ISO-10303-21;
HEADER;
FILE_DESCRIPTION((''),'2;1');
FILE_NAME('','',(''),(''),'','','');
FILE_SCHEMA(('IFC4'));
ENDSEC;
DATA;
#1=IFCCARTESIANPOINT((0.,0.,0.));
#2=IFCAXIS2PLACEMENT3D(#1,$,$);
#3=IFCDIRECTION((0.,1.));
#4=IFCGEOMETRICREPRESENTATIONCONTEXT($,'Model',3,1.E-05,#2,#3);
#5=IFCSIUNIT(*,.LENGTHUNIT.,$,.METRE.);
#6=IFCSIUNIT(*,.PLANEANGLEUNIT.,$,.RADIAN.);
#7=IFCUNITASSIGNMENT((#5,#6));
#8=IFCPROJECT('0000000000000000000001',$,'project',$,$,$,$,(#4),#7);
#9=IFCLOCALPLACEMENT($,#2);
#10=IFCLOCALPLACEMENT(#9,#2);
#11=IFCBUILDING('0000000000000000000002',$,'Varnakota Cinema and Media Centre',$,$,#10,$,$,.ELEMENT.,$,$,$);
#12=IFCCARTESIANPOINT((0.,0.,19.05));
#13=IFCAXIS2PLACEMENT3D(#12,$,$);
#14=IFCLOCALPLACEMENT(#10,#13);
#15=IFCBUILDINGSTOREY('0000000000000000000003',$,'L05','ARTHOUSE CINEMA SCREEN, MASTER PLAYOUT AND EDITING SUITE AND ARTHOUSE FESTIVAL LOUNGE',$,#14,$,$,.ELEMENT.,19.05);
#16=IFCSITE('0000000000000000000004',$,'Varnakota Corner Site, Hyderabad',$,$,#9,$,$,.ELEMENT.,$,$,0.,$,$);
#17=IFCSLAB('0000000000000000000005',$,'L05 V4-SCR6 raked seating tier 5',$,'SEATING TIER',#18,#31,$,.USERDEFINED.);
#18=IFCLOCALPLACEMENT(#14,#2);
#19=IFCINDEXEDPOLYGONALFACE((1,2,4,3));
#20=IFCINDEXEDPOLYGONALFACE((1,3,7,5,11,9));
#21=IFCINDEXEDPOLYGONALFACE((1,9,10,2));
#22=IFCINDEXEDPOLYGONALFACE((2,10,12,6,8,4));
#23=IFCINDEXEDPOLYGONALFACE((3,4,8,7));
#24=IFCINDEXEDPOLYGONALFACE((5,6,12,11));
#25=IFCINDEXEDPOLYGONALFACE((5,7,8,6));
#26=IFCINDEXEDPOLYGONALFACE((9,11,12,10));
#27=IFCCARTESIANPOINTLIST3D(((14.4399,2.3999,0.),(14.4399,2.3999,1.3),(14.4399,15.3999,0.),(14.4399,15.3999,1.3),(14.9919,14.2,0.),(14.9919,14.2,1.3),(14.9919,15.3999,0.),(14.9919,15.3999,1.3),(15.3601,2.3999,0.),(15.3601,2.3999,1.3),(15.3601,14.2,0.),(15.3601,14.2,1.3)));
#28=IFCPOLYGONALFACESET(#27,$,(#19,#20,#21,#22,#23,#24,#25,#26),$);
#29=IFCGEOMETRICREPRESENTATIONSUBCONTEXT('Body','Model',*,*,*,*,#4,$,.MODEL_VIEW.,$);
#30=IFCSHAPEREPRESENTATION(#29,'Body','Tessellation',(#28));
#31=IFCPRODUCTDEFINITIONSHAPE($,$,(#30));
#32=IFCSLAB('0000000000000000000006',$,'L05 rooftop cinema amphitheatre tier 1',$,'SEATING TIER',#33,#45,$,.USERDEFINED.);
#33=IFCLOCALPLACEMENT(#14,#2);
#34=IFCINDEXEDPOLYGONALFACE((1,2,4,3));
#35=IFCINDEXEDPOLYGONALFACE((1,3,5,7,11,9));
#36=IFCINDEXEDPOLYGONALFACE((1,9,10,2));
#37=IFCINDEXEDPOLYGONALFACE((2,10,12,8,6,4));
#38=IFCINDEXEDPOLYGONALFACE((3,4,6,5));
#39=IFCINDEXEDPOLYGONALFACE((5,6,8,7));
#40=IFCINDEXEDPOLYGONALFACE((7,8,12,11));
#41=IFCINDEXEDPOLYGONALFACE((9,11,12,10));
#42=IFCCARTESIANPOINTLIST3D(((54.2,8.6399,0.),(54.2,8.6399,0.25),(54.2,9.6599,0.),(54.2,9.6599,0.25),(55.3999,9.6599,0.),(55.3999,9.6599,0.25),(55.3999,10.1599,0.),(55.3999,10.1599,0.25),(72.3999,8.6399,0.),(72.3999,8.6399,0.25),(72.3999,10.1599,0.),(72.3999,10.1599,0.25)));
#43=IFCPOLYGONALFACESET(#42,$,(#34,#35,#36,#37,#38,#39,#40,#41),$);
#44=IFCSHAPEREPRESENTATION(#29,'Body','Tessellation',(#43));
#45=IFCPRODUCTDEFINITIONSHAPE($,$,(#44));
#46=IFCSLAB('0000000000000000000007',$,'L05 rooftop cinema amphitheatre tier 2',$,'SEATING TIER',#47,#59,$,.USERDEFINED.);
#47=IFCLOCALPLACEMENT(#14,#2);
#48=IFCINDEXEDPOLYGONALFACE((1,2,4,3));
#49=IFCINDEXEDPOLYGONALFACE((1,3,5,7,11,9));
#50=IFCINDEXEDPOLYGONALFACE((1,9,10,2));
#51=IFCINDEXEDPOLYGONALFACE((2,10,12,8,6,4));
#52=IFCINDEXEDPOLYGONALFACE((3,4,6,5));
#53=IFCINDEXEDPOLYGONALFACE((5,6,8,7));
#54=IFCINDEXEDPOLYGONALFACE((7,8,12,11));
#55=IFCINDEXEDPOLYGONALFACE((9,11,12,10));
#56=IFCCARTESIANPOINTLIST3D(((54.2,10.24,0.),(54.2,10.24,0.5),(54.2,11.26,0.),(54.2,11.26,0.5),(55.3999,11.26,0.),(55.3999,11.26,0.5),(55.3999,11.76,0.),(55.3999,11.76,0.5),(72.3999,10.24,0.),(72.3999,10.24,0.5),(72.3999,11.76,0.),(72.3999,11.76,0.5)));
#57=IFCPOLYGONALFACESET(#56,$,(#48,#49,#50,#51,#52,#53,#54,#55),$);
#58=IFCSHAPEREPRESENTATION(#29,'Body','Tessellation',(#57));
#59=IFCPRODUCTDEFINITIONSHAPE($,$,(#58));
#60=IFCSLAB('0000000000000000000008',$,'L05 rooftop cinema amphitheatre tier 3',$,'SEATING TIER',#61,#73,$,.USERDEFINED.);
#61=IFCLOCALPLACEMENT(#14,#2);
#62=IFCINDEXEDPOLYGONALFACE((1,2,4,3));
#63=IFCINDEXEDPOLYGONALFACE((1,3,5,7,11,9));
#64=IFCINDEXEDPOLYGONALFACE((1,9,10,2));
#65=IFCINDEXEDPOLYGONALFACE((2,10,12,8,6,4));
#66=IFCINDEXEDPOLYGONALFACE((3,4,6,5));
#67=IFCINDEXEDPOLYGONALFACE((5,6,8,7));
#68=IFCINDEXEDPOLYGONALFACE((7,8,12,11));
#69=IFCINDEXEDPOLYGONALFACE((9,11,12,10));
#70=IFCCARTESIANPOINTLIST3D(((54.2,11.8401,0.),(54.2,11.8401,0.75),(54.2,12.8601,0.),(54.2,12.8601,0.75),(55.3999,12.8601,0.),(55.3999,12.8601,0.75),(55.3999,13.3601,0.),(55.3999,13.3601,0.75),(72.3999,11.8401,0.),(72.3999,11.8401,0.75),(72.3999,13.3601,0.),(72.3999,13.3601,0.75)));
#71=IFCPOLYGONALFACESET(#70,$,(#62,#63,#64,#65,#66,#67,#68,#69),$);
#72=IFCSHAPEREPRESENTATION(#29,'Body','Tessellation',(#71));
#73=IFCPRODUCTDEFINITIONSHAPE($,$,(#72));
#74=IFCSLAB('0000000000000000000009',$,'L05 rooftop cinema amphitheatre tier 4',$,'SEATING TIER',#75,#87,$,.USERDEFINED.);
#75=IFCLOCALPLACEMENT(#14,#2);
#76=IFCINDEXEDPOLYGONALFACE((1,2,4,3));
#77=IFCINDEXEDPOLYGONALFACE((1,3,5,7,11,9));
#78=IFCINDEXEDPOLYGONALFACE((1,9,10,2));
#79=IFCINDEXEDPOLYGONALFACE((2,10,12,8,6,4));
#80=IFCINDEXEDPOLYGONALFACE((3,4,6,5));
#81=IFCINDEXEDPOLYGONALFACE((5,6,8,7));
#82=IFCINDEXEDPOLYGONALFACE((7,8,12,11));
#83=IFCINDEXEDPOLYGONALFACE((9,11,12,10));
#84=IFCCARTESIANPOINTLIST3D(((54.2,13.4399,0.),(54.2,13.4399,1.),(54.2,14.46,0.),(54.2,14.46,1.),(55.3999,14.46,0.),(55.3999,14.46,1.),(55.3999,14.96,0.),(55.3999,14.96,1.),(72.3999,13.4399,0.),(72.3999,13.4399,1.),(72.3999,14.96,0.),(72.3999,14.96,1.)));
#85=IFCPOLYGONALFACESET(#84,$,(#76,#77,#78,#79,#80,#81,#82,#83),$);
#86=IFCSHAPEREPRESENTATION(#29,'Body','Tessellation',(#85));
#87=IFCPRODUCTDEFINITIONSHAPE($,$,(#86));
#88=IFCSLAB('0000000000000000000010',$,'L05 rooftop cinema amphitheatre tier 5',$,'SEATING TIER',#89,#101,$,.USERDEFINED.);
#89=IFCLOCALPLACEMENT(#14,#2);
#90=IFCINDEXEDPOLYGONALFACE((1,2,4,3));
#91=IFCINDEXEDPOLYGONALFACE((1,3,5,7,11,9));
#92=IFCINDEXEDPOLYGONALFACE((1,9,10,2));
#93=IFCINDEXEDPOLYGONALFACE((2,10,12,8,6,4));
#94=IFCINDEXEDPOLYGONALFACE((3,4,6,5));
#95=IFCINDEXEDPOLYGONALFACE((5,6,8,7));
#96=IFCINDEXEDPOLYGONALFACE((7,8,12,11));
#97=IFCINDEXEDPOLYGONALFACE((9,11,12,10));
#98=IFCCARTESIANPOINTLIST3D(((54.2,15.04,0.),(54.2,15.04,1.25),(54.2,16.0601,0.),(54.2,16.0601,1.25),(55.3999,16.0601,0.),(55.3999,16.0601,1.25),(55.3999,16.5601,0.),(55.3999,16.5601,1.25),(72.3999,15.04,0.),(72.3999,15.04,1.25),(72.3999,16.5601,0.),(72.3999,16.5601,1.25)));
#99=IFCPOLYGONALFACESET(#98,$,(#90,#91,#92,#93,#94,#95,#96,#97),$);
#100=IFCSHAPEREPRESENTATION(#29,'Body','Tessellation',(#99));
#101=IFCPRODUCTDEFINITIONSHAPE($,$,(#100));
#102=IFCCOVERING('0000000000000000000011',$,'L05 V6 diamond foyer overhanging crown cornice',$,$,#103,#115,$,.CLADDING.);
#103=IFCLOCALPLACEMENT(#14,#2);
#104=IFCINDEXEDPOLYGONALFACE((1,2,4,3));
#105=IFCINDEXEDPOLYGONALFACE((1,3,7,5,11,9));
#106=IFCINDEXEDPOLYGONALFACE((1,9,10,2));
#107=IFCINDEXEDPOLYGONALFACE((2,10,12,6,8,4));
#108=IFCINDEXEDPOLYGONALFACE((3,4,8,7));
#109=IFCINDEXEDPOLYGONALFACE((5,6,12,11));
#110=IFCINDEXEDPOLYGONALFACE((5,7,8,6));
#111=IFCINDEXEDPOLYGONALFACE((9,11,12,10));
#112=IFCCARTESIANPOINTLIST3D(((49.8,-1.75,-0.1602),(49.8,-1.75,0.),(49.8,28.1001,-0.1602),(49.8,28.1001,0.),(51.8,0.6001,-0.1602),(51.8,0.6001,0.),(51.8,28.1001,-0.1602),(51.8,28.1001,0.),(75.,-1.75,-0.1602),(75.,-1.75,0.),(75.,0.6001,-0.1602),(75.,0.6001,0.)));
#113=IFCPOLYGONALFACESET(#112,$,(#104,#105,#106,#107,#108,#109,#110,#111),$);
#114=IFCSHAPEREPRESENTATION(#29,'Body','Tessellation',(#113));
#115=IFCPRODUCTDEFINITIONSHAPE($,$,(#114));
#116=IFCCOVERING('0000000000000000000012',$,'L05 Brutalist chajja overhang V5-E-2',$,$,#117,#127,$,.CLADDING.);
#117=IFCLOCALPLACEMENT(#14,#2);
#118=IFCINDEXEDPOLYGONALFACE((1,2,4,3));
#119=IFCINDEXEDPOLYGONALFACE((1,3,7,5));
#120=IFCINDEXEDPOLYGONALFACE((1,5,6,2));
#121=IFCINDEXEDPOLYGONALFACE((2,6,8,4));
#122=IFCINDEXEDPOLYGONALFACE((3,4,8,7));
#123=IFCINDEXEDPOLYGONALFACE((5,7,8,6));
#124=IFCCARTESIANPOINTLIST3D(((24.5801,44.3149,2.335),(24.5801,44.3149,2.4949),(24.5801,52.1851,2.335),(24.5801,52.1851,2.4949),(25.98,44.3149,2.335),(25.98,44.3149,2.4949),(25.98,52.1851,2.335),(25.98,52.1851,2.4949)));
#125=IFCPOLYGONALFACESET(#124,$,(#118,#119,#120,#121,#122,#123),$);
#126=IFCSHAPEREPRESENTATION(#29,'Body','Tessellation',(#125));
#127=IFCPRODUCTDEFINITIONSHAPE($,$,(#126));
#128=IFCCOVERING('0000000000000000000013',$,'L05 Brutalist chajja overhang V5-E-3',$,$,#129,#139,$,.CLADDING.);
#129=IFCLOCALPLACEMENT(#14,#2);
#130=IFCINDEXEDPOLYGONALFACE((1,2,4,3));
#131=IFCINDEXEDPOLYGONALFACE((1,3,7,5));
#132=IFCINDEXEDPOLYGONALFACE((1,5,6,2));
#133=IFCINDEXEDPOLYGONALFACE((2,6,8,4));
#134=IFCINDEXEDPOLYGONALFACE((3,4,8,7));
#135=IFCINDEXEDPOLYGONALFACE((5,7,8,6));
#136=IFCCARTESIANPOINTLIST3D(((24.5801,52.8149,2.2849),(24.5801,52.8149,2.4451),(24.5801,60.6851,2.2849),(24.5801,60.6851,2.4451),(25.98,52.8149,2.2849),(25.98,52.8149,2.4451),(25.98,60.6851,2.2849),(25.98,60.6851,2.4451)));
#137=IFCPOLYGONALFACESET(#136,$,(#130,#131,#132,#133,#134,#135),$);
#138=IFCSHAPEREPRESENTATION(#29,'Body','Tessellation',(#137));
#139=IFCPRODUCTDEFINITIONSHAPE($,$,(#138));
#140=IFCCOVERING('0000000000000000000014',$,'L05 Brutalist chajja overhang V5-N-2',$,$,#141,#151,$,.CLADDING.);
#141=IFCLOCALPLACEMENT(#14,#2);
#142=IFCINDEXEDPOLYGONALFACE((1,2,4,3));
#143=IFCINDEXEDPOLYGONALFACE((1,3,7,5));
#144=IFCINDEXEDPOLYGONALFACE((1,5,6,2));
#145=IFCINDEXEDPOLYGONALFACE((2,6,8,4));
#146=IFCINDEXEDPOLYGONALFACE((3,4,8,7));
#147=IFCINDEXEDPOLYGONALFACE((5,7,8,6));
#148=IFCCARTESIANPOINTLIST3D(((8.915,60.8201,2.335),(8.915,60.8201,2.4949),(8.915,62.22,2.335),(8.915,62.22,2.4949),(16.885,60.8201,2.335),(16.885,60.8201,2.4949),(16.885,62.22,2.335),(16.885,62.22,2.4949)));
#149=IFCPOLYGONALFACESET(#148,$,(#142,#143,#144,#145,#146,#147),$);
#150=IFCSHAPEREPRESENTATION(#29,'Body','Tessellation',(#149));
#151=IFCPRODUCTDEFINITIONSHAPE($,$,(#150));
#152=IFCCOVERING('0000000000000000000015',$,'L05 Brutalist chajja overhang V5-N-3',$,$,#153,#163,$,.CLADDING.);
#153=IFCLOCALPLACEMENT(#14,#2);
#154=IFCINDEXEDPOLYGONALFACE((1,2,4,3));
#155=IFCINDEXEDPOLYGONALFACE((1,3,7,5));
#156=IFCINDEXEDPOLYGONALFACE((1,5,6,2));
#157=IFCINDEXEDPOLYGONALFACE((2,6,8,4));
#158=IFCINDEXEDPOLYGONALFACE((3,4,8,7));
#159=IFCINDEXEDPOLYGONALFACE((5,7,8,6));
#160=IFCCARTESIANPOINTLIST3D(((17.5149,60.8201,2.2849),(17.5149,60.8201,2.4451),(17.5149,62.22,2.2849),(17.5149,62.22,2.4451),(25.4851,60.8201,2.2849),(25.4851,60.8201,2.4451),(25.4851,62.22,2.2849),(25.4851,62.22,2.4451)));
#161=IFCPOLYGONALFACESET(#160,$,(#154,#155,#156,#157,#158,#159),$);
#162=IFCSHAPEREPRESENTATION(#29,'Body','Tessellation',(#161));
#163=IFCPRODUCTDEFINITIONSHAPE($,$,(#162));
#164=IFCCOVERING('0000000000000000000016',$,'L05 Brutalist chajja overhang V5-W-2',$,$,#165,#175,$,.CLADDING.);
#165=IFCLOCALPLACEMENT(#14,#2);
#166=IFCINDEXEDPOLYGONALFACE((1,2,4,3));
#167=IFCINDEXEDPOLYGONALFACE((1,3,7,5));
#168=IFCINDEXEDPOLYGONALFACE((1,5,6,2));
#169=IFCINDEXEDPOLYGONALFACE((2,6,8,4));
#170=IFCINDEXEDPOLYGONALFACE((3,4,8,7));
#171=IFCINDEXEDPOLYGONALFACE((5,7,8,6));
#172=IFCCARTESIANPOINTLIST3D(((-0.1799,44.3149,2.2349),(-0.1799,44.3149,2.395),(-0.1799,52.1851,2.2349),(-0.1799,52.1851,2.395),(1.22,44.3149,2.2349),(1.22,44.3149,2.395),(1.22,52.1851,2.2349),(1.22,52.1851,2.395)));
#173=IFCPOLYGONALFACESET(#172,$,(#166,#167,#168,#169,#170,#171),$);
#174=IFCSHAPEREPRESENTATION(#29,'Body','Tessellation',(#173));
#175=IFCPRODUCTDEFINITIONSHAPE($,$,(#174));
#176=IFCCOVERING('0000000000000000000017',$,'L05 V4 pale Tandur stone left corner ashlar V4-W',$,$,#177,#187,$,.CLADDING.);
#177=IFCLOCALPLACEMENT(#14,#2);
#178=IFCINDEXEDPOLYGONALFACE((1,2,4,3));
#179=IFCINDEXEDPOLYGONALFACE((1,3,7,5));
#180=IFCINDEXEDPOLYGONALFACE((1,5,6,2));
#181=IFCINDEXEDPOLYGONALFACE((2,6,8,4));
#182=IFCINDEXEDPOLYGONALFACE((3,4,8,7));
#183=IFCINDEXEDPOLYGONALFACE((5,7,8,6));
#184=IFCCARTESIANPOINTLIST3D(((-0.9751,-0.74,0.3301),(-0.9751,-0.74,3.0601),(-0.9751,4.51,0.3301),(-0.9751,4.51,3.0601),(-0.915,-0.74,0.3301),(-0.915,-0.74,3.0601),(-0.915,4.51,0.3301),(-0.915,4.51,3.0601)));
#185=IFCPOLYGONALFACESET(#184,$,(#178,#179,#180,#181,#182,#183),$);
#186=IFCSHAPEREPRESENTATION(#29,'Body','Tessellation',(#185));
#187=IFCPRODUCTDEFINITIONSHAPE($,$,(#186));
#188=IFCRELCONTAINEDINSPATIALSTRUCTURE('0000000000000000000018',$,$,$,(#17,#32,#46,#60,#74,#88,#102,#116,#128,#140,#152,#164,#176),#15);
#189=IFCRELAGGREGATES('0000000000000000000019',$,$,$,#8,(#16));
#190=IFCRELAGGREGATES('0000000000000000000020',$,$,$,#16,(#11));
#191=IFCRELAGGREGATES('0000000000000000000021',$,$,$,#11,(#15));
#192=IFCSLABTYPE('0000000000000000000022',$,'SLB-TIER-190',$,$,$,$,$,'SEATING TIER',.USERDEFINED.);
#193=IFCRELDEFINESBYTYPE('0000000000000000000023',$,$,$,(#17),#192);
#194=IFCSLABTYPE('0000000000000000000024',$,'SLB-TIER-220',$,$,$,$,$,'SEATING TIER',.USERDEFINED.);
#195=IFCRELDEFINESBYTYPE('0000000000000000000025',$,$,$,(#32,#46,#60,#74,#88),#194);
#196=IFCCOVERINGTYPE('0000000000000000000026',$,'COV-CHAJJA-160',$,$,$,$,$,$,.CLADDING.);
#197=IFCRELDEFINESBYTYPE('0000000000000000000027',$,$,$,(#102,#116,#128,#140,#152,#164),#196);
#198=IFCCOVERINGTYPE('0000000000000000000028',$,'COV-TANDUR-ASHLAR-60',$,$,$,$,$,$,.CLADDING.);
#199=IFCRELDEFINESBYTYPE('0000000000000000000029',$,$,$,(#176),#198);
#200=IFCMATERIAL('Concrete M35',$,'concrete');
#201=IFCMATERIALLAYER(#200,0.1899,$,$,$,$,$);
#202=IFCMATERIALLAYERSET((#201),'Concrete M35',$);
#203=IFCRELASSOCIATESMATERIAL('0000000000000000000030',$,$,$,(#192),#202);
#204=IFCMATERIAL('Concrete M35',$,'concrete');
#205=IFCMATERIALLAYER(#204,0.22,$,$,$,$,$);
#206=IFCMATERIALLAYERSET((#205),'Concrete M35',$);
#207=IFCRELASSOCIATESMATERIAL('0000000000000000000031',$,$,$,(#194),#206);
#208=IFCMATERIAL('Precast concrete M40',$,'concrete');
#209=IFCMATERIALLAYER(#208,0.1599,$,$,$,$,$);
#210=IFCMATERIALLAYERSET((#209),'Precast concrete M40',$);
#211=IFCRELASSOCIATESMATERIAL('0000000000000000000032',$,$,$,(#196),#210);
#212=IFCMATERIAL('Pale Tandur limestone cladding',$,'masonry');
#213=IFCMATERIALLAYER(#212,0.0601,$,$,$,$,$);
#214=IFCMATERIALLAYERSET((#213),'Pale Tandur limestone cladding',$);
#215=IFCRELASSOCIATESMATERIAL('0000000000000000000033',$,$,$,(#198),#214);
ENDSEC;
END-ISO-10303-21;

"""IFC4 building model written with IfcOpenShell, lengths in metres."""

from ifc_helpers import new_model, si_unit, direction, frame, origin, origin_2d, place, context, subcontext, project, spatial, polyline, rectangle, outline, extrude, material, layer, layer_set, type_object, element, save


model = new_model("IFC4")

# Units and contexts
model_context = context("Model", 3, precision=1e-05, world=origin(), true_north=direction((0.0, 1.0)))
body_context = subcontext(model_context, "Body", "Model", "MODEL_VIEW")
ifc_project = project(units=[si_unit("LENGTHUNIT", "METRE"), si_unit("PLANEANGLEUNIT", "RADIAN")], contexts=[model_context])

# Site, building, storey
site_placement = place(None, origin())
site = spatial("IfcSite", under=ifc_project, at=site_placement, Name="Varnakota Corner Site, Hyderabad", CompositionType="ELEMENT", RefElevation=0.0)
building_placement = place(site_placement, origin())
building = spatial("IfcBuilding", under=site, at=building_placement, Name="Varnakota Cinema and Media Centre", CompositionType="ELEMENT")
storey_placement = place(building_placement, frame((0.0, 0.0, 19.05)))
storey = spatial("IfcBuildingStorey", under=building, at=storey_placement, Name="L05", Description="ARTHOUSE CINEMA SCREEN, MASTER PLAYOUT AND EDITING SUITE AND ARTHOUSE FESTIVAL LOUNGE", CompositionType="ELEMENT", Elevation=19.05)

# Slabs
ifc_material_1 = material(Name="Concrete M35", Category="concrete")
ifc_layer_1 = layer(ifc_material_1, 0.1899)
ifc_layer_set_1 = layer_set([ifc_layer_1], Name="Concrete M35")
slab_type_1 = type_object("IfcSlabType", Name="SLB-TIER-190", ElementType="SEATING TIER", PredefinedType="USERDEFINED", material=ifc_layer_set_1)
slab_1_placement = place(storey_placement, origin())
element("IfcSlab", 1, at=slab_1_placement, inside=storey, type_object=slab_type_1, Name="L05 V4-SCR6 raked seating tier 5", ObjectType="SEATING TIER", PredefinedType="USERDEFINED", context=body_context, shape_type="SweptSolid", body=[
    extrude(outline(polyline([(14.4399, 2.3999), (15.3601, 2.3999), (15.3601, 14.2), (14.9919, 14.2), (14.9919, 15.3999), (14.4399, 15.3999), (14.4399, 2.3999)])), origin(), (0.0, 0.0, 1.0), 1.3),
])
ifc_material_2 = material(Name="Concrete M35", Category="concrete")
ifc_layer_2 = layer(ifc_material_2, 0.22)
ifc_layer_set_2 = layer_set([ifc_layer_2], Name="Concrete M35")
slab_type_2 = type_object("IfcSlabType", Name="SLB-TIER-220", ElementType="SEATING TIER", PredefinedType="USERDEFINED", material=ifc_layer_set_2)
slab_2_placement = place(storey_placement, origin())
element("IfcSlab", 2, at=slab_2_placement, inside=storey, type_object=slab_type_2, Name="L05 rooftop cinema amphitheatre tier 1", ObjectType="SEATING TIER", PredefinedType="USERDEFINED", context=body_context, shape_type="SweptSolid", body=[
    extrude(outline(polyline([(54.2, 8.6399), (72.3999, 8.6399), (72.3999, 10.1599), (55.3999, 10.1599), (55.3999, 9.6599), (54.2, 9.6599), (54.2, 8.6399)])), origin(), (0.0, 0.0, 1.0), 0.25),
])
slab_3_placement = place(storey_placement, origin())
element("IfcSlab", 3, at=slab_3_placement, inside=storey, type_object=slab_type_2, Name="L05 rooftop cinema amphitheatre tier 2", ObjectType="SEATING TIER", PredefinedType="USERDEFINED", context=body_context, shape_type="SweptSolid", body=[
    extrude(outline(polyline([(54.2, 10.24), (72.3999, 10.24), (72.3999, 11.76), (55.3999, 11.76), (55.3999, 11.26), (54.2, 11.26), (54.2, 10.24)])), origin(), (0.0, 0.0, 1.0), 0.5),
])
slab_4_placement = place(storey_placement, origin())
element("IfcSlab", 4, at=slab_4_placement, inside=storey, type_object=slab_type_2, Name="L05 rooftop cinema amphitheatre tier 3", ObjectType="SEATING TIER", PredefinedType="USERDEFINED", context=body_context, shape_type="SweptSolid", body=[
    extrude(outline(polyline([(54.2, 11.8401), (72.3999, 11.8401), (72.3999, 13.3601), (55.3999, 13.3601), (55.3999, 12.8601), (54.2, 12.8601), (54.2, 11.8401)])), origin(), (0.0, 0.0, 1.0), 0.75),
])
slab_5_placement = place(storey_placement, origin())
element("IfcSlab", 5, at=slab_5_placement, inside=storey, type_object=slab_type_2, Name="L05 rooftop cinema amphitheatre tier 4", ObjectType="SEATING TIER", PredefinedType="USERDEFINED", context=body_context, shape_type="SweptSolid", body=[
    extrude(outline(polyline([(54.2, 13.4399), (72.3999, 13.4399), (72.3999, 14.96), (55.3999, 14.96), (55.3999, 14.46), (54.2, 14.46), (54.2, 13.4399)])), origin(), (0.0, 0.0, 1.0), 1.0),
])
slab_6_placement = place(storey_placement, origin())
element("IfcSlab", 6, at=slab_6_placement, inside=storey, type_object=slab_type_2, Name="L05 rooftop cinema amphitheatre tier 5", ObjectType="SEATING TIER", PredefinedType="USERDEFINED", context=body_context, shape_type="SweptSolid", body=[
    extrude(outline(polyline([(54.2, 15.04), (72.3999, 15.04), (72.3999, 16.5601), (55.3999, 16.5601), (55.3999, 16.0601), (54.2, 16.0601), (54.2, 15.04)])), origin(), (0.0, 0.0, 1.0), 1.25),
])

# Coverings
ifc_material_3 = material(Name="Precast concrete M40", Category="concrete")
ifc_layer_3 = layer(ifc_material_3, 0.1599)
ifc_layer_set_3 = layer_set([ifc_layer_3], Name="Precast concrete M40")
covering_type_1 = type_object("IfcCoveringType", Name="COV-CHAJJA-160", PredefinedType="CLADDING", material=ifc_layer_set_3)
covering_1_placement = place(storey_placement, frame((0.0, 0.0, -0.1602)))
element("IfcCovering", 7, at=covering_1_placement, inside=storey, type_object=covering_type_1, Name="L05 V6 diamond foyer overhanging crown cornice", PredefinedType="CLADDING", context=body_context, shape_type="SweptSolid", body=[
    extrude(outline(polyline([(49.8, -1.75), (75.0, -1.75), (75.0, 0.6001), (51.8, 0.6001), (51.8, 28.1001), (49.8, 28.1001), (49.8, -1.75)])), origin(), (0.0, 0.0, 1.0), 0.1602),
])
covering_2_placement = place(storey_placement, frame((0.0, 0.0, 2.335)))
element("IfcCovering", 8, at=covering_2_placement, inside=storey, type_object=covering_type_1, Name="L05 Brutalist chajja overhang V5-E-2", PredefinedType="CLADDING", context=body_context, shape_type="SweptSolid", body=[
    extrude(outline(polyline([(25.98, 44.3149), (25.98, 52.1851), (24.5801, 52.1851), (24.5801, 44.3149), (25.98, 44.3149)])), origin(), (0.0, 0.0, 1.0), 0.1599),
])
covering_3_placement = place(storey_placement, frame((0.0, 0.0, 2.2849)))
element("IfcCovering", 9, at=covering_3_placement, inside=storey, type_object=covering_type_1, Name="L05 Brutalist chajja overhang V5-E-3", PredefinedType="CLADDING", context=body_context, shape_type="SweptSolid", body=[
    extrude(outline(polyline([(25.98, 52.8149), (25.98, 60.6851), (24.5801, 60.6851), (24.5801, 52.8149), (25.98, 52.8149)])), origin(), (0.0, 0.0, 1.0), 0.1602),
])
covering_4_placement = place(storey_placement, frame((0.0, 0.0, 2.335)))
element("IfcCovering", 10, at=covering_4_placement, inside=storey, type_object=covering_type_1, Name="L05 Brutalist chajja overhang V5-N-2", PredefinedType="CLADDING", context=body_context, shape_type="SweptSolid", body=[
    extrude(outline(polyline([(8.915, 60.8201), (16.885, 60.8201), (16.885, 62.22), (8.915, 62.22), (8.915, 60.8201)])), origin(), (0.0, 0.0, 1.0), 0.1599),
])
covering_5_placement = place(storey_placement, frame((0.0, 0.0, 2.2849)))
element("IfcCovering", 11, at=covering_5_placement, inside=storey, type_object=covering_type_1, Name="L05 Brutalist chajja overhang V5-N-3", PredefinedType="CLADDING", context=body_context, shape_type="SweptSolid", body=[
    extrude(outline(polyline([(17.5149, 60.8201), (25.4851, 60.8201), (25.4851, 62.22), (17.5149, 62.22), (17.5149, 60.8201)])), origin(), (0.0, 0.0, 1.0), 0.1602),
])
covering_6_placement = place(storey_placement, frame((0.0, 0.0, 2.2349)))
element("IfcCovering", 12, at=covering_6_placement, inside=storey, type_object=covering_type_1, Name="L05 Brutalist chajja overhang V5-W-2", PredefinedType="CLADDING", context=body_context, shape_type="SweptSolid", body=[
    extrude(outline(polyline([(-0.1799, 52.1851), (-0.1799, 44.3149), (1.22, 44.3149), (1.22, 52.1851), (-0.1799, 52.1851)])), origin(), (0.0, 0.0, 1.0), 0.1602),
])
ifc_material_4 = material(Name="Pale Tandur limestone cladding", Category="masonry")
ifc_layer_4 = layer(ifc_material_4, 0.0601)
ifc_layer_set_4 = layer_set([ifc_layer_4], Name="Pale Tandur limestone cladding")
covering_type_2 = type_object("IfcCoveringType", Name="COV-TANDUR-ASHLAR-60", PredefinedType="CLADDING", material=ifc_layer_set_4)
covering_7_placement = place(storey_placement, frame((-0.9451, 1.885, 0.3301), z_axis=(0.0, 0.0, 1.0), x_axis=(0.0, 1.0, 0.0)))
element("IfcCovering", 13, at=covering_7_placement, inside=storey, type_object=covering_type_2, Name="L05 V4 pale Tandur stone left corner ashlar V4-W", PredefinedType="CLADDING", context=body_context, shape_type="SweptSolid", body=[
    extrude(rectangle(XDim=5.25, YDim=0.0601, at=origin_2d()), origin(), (0.0, 0.0, 1.0), 2.73),
])

save(model, "model.ifc")
